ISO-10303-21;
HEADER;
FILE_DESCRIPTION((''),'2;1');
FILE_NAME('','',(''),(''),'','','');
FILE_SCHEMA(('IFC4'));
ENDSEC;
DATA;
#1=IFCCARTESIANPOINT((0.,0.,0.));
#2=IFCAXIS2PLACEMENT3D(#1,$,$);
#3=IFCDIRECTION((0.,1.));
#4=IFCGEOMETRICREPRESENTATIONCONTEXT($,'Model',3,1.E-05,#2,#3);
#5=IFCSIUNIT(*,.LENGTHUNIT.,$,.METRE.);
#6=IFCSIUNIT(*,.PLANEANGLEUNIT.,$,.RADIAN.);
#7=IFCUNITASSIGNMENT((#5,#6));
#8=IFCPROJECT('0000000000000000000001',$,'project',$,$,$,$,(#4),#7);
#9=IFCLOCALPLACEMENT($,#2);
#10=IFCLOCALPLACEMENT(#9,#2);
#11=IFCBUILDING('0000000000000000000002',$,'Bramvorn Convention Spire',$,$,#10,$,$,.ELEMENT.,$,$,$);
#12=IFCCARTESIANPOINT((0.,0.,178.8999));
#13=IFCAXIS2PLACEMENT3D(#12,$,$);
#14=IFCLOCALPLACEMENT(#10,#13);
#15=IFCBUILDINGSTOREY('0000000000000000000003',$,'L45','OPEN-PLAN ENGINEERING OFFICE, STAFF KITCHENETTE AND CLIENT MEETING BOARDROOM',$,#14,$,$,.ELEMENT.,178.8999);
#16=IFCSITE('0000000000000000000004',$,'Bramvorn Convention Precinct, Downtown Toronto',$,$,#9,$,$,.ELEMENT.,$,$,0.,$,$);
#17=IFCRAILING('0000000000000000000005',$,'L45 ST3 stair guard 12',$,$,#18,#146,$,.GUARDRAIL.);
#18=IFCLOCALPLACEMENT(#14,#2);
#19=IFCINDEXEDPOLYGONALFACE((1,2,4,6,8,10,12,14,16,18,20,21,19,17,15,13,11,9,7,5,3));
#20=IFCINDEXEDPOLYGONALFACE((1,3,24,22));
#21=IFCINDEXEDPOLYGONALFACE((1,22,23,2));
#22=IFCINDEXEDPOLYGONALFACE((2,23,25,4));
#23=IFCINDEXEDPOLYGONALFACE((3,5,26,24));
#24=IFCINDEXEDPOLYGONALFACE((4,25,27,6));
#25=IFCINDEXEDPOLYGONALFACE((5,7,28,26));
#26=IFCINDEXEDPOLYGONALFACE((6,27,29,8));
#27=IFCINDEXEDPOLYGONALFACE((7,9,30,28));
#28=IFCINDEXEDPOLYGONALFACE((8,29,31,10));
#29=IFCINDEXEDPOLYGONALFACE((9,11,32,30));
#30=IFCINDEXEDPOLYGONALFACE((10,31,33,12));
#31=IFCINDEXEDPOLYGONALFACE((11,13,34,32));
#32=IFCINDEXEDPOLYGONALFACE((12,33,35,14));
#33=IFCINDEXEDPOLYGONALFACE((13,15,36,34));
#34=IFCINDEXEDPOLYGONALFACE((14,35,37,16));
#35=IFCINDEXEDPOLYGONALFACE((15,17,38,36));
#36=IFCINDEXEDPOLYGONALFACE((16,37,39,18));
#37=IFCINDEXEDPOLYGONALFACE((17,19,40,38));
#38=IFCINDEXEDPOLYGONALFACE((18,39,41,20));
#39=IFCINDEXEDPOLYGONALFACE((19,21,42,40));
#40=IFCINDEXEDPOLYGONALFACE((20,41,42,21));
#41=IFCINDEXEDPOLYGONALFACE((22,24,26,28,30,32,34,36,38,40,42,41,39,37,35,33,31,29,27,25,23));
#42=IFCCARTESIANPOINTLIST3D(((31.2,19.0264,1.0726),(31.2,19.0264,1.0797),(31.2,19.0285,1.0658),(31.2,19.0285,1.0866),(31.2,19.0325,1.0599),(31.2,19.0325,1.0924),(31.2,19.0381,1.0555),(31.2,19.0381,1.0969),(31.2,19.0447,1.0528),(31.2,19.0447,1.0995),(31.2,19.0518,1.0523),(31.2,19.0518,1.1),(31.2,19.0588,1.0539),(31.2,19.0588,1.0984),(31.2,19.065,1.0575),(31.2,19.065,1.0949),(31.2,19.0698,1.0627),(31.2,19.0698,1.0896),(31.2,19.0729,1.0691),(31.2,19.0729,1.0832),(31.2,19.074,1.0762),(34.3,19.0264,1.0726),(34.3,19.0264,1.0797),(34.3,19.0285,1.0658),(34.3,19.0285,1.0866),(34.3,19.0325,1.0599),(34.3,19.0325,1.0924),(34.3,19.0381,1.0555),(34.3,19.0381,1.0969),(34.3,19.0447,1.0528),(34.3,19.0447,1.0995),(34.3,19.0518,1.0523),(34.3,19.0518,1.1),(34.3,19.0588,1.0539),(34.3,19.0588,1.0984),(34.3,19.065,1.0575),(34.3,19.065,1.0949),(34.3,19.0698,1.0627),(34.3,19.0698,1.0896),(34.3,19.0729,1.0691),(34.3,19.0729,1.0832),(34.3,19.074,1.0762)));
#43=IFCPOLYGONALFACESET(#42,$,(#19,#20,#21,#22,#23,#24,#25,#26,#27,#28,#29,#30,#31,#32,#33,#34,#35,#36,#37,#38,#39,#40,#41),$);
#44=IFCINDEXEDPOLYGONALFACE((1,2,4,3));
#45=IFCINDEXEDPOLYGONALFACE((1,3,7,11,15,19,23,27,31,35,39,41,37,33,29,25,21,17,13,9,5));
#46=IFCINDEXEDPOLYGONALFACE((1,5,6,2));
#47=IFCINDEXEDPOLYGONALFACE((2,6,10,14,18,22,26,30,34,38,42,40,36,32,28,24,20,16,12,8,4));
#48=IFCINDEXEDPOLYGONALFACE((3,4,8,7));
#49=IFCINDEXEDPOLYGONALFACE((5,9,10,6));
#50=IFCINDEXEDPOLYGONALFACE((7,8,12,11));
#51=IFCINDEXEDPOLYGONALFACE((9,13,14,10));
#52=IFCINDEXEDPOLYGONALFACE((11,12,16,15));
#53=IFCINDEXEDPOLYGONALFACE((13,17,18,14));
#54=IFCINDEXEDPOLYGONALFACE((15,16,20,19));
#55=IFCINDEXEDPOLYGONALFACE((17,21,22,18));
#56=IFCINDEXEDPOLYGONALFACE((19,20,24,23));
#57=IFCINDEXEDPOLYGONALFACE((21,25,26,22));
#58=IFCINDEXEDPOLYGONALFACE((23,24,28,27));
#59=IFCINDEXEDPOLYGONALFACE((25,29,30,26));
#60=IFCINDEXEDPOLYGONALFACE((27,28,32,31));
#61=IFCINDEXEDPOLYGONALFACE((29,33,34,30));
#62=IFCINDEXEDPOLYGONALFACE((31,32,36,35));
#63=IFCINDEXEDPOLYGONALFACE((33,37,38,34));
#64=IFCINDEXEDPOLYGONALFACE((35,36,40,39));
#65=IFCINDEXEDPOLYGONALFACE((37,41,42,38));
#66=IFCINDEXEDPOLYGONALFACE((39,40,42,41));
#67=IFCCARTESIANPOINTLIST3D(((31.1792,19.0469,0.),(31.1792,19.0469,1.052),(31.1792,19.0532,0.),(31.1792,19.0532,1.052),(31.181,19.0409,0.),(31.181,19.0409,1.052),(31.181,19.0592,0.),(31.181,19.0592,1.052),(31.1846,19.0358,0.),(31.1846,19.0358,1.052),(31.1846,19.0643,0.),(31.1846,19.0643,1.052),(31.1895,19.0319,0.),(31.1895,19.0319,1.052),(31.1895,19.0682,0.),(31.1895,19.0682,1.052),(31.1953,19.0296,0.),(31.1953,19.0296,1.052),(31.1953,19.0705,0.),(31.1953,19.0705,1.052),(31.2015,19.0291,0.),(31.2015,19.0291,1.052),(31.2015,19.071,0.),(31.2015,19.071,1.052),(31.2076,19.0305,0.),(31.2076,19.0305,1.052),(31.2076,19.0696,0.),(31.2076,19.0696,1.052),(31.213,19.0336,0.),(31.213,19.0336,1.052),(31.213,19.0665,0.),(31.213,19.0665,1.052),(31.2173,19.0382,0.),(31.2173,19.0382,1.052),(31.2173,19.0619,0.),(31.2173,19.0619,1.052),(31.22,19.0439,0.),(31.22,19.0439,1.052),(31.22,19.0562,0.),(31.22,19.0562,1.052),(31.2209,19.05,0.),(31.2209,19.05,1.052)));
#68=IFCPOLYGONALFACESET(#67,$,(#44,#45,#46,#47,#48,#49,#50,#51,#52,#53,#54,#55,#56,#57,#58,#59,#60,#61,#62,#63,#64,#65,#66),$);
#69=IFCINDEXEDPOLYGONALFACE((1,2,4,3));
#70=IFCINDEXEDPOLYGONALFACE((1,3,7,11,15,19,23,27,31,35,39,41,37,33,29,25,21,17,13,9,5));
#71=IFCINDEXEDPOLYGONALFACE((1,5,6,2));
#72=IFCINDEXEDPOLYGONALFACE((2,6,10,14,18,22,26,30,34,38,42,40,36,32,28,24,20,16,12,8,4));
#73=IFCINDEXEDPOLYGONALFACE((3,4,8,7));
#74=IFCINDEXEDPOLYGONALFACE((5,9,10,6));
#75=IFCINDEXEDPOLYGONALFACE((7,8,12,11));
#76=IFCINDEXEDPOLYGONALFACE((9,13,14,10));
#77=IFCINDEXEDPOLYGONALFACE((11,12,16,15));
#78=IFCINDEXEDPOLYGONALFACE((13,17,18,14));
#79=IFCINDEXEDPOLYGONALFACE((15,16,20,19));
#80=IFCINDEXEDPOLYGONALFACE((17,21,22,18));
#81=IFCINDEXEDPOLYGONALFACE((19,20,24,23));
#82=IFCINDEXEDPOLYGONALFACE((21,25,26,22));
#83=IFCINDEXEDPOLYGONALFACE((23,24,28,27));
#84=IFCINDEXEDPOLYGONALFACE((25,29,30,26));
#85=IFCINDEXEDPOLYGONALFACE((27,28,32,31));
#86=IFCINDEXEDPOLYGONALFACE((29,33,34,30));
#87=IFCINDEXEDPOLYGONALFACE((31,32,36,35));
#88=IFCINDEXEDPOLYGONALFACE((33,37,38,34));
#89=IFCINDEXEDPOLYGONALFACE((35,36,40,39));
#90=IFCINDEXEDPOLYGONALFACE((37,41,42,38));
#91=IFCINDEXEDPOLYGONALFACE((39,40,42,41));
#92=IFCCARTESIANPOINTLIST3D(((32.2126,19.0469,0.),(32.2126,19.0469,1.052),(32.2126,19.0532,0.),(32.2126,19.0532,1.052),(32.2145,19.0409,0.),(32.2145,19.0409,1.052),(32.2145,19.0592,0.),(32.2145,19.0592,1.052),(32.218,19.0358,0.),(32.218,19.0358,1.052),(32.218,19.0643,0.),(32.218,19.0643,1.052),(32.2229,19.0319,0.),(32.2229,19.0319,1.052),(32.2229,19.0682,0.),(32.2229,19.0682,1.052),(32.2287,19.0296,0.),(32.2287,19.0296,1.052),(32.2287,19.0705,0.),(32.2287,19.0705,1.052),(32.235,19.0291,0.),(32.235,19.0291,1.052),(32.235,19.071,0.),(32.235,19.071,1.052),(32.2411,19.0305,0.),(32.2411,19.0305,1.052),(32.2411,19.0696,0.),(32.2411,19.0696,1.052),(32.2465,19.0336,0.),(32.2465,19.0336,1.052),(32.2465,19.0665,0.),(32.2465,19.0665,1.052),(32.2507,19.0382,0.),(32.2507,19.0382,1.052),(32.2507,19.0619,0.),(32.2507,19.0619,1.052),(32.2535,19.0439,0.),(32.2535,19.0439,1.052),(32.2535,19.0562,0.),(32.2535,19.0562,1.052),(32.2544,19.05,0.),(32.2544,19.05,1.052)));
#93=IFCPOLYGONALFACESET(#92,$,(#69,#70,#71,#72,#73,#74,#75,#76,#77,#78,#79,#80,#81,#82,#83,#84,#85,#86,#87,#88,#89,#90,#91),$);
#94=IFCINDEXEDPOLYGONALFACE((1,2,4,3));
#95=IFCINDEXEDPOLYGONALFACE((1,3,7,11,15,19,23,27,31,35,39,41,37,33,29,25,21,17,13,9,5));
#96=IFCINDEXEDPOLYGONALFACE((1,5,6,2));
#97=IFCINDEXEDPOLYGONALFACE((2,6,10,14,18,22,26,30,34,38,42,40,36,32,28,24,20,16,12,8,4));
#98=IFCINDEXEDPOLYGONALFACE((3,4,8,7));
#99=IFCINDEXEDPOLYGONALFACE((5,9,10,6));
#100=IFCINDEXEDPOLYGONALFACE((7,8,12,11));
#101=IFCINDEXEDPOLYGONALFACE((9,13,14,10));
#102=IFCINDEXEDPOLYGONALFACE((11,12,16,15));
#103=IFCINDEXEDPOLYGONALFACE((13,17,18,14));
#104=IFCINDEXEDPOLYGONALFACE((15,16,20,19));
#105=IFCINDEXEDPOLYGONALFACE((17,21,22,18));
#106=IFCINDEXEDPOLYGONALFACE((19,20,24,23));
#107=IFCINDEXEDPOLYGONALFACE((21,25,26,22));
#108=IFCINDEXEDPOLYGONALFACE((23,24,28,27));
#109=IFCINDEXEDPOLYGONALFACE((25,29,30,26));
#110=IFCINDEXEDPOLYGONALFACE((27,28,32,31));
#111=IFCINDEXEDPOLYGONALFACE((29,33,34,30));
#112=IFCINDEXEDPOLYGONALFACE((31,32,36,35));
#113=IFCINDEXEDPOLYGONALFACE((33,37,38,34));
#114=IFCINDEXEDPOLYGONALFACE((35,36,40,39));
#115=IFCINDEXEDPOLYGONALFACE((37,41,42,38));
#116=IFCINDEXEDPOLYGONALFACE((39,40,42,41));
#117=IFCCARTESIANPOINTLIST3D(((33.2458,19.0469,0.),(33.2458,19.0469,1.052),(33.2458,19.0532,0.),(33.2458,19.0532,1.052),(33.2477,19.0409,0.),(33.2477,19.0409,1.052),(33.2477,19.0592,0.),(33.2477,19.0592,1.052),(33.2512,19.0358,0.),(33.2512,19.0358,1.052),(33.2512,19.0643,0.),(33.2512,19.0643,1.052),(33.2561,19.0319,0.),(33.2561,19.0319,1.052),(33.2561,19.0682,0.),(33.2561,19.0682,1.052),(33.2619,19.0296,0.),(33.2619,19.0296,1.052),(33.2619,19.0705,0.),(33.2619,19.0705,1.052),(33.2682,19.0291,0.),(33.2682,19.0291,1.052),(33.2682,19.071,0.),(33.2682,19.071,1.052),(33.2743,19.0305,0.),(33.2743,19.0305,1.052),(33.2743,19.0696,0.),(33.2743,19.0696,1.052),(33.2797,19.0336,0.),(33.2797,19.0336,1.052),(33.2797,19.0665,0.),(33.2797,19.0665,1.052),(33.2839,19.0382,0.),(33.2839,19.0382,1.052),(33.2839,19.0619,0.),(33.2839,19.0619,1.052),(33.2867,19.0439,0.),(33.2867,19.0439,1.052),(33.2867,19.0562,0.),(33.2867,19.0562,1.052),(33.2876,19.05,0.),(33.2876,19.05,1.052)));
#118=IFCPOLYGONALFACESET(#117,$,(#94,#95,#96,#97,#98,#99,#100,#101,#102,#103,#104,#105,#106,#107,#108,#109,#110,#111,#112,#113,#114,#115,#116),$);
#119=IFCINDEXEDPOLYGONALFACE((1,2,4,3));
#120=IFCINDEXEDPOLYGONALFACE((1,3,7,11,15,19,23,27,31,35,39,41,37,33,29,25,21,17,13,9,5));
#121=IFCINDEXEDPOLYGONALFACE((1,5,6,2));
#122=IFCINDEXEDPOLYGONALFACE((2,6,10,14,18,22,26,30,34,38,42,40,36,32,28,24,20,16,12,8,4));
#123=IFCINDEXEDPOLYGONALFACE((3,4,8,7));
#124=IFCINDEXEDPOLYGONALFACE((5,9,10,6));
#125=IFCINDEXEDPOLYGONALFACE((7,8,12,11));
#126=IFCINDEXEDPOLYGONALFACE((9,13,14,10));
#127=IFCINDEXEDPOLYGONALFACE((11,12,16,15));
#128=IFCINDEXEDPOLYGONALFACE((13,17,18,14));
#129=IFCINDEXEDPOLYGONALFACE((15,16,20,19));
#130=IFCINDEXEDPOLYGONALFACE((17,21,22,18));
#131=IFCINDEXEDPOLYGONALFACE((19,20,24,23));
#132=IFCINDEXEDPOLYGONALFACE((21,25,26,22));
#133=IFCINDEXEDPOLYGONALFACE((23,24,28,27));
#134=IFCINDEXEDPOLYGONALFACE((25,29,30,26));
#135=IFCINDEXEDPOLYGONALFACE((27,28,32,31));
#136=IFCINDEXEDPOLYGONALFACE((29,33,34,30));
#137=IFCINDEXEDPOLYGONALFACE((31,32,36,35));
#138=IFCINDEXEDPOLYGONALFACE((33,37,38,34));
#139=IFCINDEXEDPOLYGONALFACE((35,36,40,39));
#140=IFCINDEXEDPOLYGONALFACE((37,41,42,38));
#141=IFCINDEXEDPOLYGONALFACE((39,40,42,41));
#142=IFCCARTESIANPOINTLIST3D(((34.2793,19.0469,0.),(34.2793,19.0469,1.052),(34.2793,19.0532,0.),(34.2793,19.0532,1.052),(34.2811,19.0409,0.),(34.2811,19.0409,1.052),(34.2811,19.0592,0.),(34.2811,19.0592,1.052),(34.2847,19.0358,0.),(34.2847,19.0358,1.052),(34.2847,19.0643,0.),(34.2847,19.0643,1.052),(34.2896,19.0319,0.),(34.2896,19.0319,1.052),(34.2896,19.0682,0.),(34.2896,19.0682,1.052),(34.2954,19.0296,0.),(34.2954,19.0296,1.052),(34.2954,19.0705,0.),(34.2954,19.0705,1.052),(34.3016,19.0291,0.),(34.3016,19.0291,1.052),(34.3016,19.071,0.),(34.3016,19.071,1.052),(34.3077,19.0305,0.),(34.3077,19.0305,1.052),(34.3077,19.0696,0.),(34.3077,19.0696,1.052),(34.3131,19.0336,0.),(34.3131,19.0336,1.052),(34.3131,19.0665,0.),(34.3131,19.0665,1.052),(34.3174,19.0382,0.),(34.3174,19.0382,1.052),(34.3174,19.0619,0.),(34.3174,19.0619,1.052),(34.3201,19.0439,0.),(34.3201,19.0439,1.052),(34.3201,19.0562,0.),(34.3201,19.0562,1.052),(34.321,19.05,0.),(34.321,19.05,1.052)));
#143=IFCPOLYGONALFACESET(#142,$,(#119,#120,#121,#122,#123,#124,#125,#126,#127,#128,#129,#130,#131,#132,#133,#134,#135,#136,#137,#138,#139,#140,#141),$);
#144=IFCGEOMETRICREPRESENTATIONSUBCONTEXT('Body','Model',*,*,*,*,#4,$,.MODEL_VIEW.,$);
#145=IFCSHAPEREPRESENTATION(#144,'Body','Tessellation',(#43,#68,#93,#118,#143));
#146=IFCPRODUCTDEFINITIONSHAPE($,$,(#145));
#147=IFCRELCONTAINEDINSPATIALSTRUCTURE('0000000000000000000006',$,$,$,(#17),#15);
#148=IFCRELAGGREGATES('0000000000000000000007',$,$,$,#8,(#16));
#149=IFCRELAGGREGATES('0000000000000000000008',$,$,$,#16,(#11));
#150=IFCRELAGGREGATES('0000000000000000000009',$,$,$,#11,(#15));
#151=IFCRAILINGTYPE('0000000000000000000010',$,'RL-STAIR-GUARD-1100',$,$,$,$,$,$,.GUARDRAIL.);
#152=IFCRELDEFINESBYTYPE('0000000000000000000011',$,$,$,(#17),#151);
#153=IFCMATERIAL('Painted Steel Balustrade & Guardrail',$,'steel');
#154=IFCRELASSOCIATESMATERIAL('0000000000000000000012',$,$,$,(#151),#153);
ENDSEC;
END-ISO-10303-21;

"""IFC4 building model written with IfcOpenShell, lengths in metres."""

from ifc_helpers import new_model, si_unit, direction, frame, origin, origin_2d, place, context, subcontext, project, spatial, circle, extrude, material, type_object, element, save


model = new_model("IFC4")

# Units and contexts
model_context = context("Model", 3, precision=1e-05, world=origin(), true_north=direction((0.0, 1.0)))
body_context = subcontext(model_context, "Body", "Model", "MODEL_VIEW")
ifc_project = project(units=[si_unit("LENGTHUNIT", "METRE"), si_unit("PLANEANGLEUNIT", "RADIAN")], contexts=[model_context])

# Site, building, storey
site_placement = place(None, origin())
site = spatial("IfcSite", under=ifc_project, at=site_placement, Name="Bramvorn Convention Precinct, Downtown Toronto", CompositionType="ELEMENT", RefElevation=0.0)
building_placement = place(site_placement, origin())
building = spatial("IfcBuilding", under=site, at=building_placement, Name="Bramvorn Convention Spire", CompositionType="ELEMENT")
storey_placement = place(building_placement, frame((0.0, 0.0, 178.8999)))
storey = spatial("IfcBuildingStorey", under=building, at=storey_placement, Name="L45", Description="OPEN-PLAN ENGINEERING OFFICE, STAFF KITCHENETTE AND CLIENT MEETING BOARDROOM", CompositionType="ELEMENT", Elevation=178.8999)

# Railing
ifc_material_1 = material(Name="Painted Steel Balustrade & Guardrail", Category="steel")
railing_type_1 = type_object("IfcRailingType", Name="RL-STAIR-GUARD-1100", PredefinedType="GUARDRAIL", material=ifc_material_1)
railing_1_placement = place(storey_placement, frame((31.2, 19.05, 0.0)))
element("IfcRailing", 1, at=railing_1_placement, inside=storey, type_object=railing_type_1, Name="L45 ST3 stair guard 12", PredefinedType="GUARDRAIL", context=body_context, shape_type="SweptSolid", body=[
    extrude(circle(Radius=0.0239, at=origin_2d()), frame((0.0, 0.0, 1.0762), z_axis=(1.0, 0.0, 0.0), x_axis=(0.0, 1.0, 0.0)), (0.0, 0.0, 1.0), 3.1001),
    extrude(circle(Radius=0.021, at=origin_2d()), origin(), (0.0, 0.0, 1.0), 1.052),
    extrude(circle(Radius=0.021, at=origin_2d()), frame((1.0334, 0.0, 0.0)), (0.0, 0.0, 1.0), 1.052),
    extrude(circle(Radius=0.021, at=origin_2d()), frame((2.0667, 0.0, 0.0)), (0.0, 0.0, 1.0), 1.052),
    extrude(circle(Radius=0.021, at=origin_2d()), frame((3.1001, 0.0, 0.0)), (0.0, 0.0, 1.0), 1.052),
])

save(model, "model.ifc")
